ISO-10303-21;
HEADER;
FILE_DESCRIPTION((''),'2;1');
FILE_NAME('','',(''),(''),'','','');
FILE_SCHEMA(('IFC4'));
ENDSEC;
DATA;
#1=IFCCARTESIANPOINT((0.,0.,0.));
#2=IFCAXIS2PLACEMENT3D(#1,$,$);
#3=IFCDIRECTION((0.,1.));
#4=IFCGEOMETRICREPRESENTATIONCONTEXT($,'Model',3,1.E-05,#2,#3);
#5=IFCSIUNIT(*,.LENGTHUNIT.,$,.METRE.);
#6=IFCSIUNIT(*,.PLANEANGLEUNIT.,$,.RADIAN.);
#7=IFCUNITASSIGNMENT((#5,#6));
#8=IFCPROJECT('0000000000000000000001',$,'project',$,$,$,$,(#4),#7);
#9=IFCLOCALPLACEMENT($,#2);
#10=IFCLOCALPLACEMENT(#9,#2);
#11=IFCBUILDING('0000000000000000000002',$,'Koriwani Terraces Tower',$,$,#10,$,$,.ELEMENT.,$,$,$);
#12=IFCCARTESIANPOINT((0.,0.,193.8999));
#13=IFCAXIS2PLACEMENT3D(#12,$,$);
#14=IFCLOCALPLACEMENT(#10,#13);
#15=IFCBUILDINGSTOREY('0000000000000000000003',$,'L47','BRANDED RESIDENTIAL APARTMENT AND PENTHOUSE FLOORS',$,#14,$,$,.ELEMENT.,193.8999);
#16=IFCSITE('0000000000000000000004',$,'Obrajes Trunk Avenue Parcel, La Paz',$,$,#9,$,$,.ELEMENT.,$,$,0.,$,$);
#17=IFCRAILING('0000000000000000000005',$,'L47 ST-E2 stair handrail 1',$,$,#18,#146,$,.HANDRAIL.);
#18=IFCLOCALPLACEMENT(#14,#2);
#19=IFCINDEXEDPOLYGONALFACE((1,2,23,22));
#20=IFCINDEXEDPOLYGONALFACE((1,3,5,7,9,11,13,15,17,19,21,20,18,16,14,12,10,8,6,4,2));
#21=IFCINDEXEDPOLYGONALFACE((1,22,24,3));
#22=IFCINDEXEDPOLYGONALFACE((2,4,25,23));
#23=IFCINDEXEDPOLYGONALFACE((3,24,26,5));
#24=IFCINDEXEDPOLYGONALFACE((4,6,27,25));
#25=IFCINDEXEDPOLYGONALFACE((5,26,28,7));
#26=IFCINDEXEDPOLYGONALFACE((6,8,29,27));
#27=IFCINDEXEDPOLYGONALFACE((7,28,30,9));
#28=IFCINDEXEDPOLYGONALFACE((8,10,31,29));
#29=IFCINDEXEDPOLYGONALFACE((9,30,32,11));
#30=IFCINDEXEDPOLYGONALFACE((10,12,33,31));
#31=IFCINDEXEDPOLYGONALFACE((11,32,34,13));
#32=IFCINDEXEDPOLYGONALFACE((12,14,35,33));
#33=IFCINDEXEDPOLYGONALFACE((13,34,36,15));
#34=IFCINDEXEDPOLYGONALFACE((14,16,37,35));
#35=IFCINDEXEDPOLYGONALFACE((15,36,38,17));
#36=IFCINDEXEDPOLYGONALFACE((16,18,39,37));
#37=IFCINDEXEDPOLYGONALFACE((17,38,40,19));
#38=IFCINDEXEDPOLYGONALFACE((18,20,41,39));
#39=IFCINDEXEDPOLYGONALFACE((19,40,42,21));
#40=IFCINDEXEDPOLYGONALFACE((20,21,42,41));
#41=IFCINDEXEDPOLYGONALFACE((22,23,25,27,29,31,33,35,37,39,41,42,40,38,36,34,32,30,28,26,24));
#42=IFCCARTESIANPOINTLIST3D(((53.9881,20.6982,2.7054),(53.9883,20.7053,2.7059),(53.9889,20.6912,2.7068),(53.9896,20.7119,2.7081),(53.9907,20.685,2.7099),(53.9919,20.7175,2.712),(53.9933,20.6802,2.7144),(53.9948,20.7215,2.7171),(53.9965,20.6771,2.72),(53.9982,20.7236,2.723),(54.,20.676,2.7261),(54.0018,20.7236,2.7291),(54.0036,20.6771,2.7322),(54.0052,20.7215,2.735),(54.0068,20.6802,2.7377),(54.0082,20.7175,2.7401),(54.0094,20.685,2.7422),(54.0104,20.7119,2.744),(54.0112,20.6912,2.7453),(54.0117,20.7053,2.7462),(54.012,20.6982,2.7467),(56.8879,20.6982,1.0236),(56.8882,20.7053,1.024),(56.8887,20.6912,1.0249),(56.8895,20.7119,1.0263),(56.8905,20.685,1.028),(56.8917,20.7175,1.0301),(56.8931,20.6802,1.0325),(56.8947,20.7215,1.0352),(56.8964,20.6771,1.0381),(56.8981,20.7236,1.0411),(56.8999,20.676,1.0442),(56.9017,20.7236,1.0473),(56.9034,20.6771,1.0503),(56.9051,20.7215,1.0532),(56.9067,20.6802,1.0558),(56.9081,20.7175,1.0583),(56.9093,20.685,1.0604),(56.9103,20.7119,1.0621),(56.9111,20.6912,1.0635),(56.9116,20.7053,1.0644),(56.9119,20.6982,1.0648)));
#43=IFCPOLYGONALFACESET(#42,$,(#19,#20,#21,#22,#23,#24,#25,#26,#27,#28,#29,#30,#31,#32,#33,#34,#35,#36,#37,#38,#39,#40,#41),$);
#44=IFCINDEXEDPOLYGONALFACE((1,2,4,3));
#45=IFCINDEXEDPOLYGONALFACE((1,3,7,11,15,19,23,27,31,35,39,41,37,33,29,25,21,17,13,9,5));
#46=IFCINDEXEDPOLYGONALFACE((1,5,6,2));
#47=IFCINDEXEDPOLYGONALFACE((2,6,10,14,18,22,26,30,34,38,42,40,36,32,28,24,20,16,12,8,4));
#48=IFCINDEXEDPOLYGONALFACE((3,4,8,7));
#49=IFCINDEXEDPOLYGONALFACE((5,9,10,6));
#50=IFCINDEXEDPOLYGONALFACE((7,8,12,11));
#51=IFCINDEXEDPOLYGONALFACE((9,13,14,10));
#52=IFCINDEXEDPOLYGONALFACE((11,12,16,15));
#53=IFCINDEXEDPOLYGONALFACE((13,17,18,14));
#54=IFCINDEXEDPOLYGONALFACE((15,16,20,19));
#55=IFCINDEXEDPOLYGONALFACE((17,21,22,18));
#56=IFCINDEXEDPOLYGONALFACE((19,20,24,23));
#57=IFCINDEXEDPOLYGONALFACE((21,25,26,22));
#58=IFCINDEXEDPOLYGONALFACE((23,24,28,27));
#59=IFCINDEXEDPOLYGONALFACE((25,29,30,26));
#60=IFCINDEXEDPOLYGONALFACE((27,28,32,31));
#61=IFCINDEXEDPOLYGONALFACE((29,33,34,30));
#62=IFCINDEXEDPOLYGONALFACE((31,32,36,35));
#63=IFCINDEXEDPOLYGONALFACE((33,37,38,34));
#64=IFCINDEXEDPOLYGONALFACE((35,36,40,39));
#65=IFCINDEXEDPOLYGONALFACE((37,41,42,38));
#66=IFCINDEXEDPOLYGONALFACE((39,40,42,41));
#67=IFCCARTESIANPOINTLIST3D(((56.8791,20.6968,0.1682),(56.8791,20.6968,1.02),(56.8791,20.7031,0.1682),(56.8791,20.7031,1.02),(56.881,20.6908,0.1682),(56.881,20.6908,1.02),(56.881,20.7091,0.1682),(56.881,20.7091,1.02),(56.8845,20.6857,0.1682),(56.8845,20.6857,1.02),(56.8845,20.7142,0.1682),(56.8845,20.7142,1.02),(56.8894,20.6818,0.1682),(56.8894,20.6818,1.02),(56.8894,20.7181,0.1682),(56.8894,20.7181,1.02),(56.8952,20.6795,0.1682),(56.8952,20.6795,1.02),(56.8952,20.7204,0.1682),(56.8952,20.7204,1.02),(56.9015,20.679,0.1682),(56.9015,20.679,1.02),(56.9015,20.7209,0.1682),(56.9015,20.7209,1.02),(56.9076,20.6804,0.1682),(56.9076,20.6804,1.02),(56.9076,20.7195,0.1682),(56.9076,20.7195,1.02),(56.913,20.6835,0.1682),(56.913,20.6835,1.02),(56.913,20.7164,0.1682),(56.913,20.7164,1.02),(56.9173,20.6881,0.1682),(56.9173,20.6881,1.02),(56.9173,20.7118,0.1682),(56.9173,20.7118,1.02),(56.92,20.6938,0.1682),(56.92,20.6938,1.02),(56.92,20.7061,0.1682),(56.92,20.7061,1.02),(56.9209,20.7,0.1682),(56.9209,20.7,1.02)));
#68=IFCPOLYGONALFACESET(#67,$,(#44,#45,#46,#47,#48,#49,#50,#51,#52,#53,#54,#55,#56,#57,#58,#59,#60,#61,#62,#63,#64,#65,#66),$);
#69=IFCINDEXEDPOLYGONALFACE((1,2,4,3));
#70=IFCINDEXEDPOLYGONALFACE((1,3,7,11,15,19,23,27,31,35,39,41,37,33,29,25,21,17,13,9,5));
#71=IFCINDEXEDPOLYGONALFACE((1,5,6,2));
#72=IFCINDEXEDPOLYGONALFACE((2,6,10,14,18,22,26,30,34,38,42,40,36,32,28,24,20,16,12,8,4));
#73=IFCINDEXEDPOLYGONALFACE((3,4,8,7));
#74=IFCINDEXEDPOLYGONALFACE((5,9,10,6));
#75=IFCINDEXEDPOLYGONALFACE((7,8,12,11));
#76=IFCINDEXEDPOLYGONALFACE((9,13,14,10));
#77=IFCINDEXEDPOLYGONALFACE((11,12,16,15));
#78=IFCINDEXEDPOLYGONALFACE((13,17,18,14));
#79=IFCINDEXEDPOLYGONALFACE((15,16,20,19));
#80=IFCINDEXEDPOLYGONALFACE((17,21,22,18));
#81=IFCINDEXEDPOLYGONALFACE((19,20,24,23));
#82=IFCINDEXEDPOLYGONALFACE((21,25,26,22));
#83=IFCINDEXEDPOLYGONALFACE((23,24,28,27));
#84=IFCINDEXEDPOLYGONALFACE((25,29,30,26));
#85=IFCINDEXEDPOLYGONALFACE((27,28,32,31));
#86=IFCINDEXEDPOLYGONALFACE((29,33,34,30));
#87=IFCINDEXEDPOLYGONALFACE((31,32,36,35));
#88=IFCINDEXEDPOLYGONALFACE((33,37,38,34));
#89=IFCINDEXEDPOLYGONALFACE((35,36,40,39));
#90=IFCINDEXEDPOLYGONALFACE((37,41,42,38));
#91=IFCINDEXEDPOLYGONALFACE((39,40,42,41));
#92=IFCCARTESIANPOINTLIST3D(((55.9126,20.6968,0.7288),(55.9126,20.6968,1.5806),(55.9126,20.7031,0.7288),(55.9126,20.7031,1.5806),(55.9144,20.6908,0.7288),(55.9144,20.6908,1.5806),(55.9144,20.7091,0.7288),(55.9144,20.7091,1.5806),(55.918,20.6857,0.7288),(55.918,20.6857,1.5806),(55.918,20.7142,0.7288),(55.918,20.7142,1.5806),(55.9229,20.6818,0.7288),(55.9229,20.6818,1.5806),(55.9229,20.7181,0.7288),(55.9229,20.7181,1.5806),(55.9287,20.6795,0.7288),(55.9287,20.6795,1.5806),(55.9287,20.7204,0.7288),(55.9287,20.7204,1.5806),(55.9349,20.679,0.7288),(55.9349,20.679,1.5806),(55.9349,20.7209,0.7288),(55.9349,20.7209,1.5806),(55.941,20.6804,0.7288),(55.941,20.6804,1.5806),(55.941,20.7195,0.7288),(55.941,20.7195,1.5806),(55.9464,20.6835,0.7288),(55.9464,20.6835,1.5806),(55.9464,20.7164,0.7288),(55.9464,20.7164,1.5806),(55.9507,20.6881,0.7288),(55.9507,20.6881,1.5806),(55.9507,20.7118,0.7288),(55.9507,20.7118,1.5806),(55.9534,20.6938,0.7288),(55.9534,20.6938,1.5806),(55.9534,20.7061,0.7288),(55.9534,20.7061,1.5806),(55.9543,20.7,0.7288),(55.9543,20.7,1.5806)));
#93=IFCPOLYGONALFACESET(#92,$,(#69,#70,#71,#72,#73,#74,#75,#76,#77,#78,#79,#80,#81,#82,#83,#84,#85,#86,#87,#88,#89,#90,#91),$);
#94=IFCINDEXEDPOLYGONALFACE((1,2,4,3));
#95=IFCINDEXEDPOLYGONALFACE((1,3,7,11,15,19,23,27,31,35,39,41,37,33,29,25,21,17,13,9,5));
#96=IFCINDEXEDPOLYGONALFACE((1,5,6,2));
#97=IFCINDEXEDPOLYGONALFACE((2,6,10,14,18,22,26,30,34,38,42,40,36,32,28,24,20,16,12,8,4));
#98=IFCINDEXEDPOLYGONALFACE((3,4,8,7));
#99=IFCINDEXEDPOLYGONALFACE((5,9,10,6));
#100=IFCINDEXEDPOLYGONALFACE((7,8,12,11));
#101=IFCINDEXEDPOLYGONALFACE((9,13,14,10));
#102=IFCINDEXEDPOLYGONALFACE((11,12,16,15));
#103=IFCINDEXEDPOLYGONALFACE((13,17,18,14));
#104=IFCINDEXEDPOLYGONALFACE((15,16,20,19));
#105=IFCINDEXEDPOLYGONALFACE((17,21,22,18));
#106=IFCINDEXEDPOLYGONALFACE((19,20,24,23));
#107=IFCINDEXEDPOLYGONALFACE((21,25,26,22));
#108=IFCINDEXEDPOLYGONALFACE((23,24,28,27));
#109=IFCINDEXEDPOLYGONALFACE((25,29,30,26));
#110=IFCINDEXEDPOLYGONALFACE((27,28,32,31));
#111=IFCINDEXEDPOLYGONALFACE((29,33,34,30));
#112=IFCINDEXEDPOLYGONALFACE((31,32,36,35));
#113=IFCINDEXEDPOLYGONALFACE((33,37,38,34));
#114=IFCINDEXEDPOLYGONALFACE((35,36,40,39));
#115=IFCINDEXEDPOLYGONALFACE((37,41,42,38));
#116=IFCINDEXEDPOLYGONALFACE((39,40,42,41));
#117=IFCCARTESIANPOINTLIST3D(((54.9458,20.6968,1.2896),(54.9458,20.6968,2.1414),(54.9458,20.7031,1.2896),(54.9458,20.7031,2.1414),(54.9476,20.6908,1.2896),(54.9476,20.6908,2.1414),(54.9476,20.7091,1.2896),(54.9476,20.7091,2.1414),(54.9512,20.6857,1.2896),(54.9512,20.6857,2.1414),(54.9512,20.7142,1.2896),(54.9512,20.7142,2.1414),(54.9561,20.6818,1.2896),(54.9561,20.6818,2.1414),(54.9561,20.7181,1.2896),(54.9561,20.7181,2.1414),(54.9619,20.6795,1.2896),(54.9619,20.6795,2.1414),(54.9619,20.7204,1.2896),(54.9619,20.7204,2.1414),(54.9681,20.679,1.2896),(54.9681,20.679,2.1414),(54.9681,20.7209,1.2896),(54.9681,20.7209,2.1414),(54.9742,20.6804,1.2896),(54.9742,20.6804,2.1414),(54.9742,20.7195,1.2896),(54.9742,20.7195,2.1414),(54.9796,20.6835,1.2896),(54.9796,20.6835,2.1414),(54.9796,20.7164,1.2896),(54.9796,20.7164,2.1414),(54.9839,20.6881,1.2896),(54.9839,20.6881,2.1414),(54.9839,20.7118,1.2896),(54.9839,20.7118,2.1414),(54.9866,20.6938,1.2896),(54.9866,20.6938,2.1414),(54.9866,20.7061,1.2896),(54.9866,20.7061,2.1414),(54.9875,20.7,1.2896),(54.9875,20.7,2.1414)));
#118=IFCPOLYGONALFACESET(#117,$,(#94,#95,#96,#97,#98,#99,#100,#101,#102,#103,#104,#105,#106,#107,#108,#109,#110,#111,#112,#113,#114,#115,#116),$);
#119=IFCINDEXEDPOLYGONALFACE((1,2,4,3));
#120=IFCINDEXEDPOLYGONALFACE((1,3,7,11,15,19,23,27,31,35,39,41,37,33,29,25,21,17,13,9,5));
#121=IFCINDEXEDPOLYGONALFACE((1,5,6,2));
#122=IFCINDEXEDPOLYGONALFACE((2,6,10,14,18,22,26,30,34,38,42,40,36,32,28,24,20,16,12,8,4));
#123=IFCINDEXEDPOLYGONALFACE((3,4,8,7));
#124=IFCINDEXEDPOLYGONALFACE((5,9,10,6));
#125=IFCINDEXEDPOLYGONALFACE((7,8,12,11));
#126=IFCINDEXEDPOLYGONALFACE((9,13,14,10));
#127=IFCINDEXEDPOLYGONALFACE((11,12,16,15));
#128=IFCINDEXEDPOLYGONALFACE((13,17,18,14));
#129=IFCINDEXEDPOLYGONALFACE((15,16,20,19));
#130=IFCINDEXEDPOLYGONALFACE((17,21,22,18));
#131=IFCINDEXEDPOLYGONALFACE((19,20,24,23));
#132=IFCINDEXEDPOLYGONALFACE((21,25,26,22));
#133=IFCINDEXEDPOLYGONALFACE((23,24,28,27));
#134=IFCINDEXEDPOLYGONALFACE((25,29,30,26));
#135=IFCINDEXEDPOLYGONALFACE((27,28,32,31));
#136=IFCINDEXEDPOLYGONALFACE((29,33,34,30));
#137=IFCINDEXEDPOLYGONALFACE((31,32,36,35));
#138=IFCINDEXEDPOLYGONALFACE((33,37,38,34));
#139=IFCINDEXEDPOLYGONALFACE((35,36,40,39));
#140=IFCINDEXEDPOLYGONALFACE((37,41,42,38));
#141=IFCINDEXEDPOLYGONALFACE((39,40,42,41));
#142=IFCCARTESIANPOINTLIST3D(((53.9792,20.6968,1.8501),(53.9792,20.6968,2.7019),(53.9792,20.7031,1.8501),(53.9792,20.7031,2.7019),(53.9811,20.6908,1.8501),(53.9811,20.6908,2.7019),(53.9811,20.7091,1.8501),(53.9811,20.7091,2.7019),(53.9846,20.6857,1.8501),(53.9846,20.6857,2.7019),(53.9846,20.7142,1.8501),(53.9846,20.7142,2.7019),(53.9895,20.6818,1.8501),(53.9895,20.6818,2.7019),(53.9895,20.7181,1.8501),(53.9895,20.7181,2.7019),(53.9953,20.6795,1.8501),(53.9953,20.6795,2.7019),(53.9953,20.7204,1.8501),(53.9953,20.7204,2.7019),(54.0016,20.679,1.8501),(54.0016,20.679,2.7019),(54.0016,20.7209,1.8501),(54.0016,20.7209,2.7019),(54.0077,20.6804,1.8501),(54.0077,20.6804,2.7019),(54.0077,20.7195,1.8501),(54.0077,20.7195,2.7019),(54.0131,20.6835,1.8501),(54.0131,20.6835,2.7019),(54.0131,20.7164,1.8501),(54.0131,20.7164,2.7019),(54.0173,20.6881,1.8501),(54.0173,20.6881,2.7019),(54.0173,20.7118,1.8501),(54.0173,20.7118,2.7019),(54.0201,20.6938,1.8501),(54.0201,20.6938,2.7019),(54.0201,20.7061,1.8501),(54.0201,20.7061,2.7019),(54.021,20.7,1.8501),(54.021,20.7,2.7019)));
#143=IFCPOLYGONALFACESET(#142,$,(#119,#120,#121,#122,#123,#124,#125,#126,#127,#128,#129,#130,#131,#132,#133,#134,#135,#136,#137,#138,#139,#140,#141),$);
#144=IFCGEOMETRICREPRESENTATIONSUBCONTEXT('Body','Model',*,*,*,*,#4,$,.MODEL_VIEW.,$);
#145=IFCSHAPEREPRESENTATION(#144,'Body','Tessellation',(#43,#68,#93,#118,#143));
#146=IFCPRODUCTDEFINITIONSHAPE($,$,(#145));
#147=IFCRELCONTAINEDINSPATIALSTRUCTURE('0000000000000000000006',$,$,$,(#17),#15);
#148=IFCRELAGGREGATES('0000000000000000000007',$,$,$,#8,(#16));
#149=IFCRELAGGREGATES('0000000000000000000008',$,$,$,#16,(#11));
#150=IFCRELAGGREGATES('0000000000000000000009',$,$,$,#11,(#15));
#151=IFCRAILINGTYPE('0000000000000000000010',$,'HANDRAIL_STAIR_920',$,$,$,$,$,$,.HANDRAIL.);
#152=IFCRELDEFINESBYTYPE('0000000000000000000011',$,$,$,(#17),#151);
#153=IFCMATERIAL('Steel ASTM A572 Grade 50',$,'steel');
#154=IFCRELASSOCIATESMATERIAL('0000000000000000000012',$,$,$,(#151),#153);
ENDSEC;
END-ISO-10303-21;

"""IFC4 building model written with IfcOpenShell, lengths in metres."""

from ifc_helpers import new_model, si_unit, direction, frame, origin, origin_2d, place, context, subcontext, project, spatial, circle, extrude, material, type_object, element, save


model = new_model("IFC4")

# Units and contexts
model_context = context("Model", 3, precision=1e-05, world=origin(), true_north=direction((0.0, 1.0)))
body_context = subcontext(model_context, "Body", "Model", "MODEL_VIEW")
ifc_project = project(units=[si_unit("LENGTHUNIT", "METRE"), si_unit("PLANEANGLEUNIT", "RADIAN")], contexts=[model_context])

# Site, building, storey
site_placement = place(None, origin())
site = spatial("IfcSite", under=ifc_project, at=site_placement, Name="Obrajes Trunk Avenue Parcel, La Paz", CompositionType="ELEMENT", RefElevation=0.0)
building_placement = place(site_placement, origin())
building = spatial("IfcBuilding", under=site, at=building_placement, Name="Koriwani Terraces Tower", CompositionType="ELEMENT")
storey_placement = place(building_placement, frame((0.0, 0.0, 193.8999)))
storey = spatial("IfcBuildingStorey", under=building, at=storey_placement, Name="L47", Description="BRANDED RESIDENTIAL APARTMENT AND PENTHOUSE FLOORS", CompositionType="ELEMENT", Elevation=193.8999)

# Shared definitions
ifc_material_1 = material(Name="Steel ASTM A572 Grade 50", Category="steel")

# Railing
railing_type = type_object("IfcRailingType", Name="HANDRAIL_STAIR_920", PredefinedType="HANDRAIL", material=ifc_material_1)
railing_placement = place(storey_placement, frame((56.8999, 20.7, 0.1682)))
element("IfcRailing", 1, at=railing_placement, inside=storey, type_object=railing_type, Name="L47 ST-E2 stair handrail 1", PredefinedType="HANDRAIL", context=body_context, shape_type="SweptSolid", body=[
    extrude(circle(Radius=0.0239, at=origin_2d()), frame((0.0, 0.0, 0.876), z_axis=(-0.865039, 0.0, 0.501705), x_axis=(0.0, -1.0, 0.0)), (0.0, 0.0, 1.0), 3.3523),
    extrude(circle(Radius=0.021, at=origin_2d()), origin(), (0.0, 0.0, 1.0), 0.8518),
    extrude(circle(Radius=0.021, at=origin_2d()), frame((-0.9666, 0.0, 0.5605)), (0.0, 0.0, 1.0), 0.8518),
    extrude(circle(Radius=0.021, at=origin_2d()), frame((-1.9333, 0.0, 1.1213)), (0.0, 0.0, 1.0), 0.8518),
    extrude(circle(Radius=0.021, at=origin_2d()), frame((-2.8999, 0.0, 1.6819)), (0.0, 0.0, 1.0), 0.8518),
])

save(model, "model.ifc")
